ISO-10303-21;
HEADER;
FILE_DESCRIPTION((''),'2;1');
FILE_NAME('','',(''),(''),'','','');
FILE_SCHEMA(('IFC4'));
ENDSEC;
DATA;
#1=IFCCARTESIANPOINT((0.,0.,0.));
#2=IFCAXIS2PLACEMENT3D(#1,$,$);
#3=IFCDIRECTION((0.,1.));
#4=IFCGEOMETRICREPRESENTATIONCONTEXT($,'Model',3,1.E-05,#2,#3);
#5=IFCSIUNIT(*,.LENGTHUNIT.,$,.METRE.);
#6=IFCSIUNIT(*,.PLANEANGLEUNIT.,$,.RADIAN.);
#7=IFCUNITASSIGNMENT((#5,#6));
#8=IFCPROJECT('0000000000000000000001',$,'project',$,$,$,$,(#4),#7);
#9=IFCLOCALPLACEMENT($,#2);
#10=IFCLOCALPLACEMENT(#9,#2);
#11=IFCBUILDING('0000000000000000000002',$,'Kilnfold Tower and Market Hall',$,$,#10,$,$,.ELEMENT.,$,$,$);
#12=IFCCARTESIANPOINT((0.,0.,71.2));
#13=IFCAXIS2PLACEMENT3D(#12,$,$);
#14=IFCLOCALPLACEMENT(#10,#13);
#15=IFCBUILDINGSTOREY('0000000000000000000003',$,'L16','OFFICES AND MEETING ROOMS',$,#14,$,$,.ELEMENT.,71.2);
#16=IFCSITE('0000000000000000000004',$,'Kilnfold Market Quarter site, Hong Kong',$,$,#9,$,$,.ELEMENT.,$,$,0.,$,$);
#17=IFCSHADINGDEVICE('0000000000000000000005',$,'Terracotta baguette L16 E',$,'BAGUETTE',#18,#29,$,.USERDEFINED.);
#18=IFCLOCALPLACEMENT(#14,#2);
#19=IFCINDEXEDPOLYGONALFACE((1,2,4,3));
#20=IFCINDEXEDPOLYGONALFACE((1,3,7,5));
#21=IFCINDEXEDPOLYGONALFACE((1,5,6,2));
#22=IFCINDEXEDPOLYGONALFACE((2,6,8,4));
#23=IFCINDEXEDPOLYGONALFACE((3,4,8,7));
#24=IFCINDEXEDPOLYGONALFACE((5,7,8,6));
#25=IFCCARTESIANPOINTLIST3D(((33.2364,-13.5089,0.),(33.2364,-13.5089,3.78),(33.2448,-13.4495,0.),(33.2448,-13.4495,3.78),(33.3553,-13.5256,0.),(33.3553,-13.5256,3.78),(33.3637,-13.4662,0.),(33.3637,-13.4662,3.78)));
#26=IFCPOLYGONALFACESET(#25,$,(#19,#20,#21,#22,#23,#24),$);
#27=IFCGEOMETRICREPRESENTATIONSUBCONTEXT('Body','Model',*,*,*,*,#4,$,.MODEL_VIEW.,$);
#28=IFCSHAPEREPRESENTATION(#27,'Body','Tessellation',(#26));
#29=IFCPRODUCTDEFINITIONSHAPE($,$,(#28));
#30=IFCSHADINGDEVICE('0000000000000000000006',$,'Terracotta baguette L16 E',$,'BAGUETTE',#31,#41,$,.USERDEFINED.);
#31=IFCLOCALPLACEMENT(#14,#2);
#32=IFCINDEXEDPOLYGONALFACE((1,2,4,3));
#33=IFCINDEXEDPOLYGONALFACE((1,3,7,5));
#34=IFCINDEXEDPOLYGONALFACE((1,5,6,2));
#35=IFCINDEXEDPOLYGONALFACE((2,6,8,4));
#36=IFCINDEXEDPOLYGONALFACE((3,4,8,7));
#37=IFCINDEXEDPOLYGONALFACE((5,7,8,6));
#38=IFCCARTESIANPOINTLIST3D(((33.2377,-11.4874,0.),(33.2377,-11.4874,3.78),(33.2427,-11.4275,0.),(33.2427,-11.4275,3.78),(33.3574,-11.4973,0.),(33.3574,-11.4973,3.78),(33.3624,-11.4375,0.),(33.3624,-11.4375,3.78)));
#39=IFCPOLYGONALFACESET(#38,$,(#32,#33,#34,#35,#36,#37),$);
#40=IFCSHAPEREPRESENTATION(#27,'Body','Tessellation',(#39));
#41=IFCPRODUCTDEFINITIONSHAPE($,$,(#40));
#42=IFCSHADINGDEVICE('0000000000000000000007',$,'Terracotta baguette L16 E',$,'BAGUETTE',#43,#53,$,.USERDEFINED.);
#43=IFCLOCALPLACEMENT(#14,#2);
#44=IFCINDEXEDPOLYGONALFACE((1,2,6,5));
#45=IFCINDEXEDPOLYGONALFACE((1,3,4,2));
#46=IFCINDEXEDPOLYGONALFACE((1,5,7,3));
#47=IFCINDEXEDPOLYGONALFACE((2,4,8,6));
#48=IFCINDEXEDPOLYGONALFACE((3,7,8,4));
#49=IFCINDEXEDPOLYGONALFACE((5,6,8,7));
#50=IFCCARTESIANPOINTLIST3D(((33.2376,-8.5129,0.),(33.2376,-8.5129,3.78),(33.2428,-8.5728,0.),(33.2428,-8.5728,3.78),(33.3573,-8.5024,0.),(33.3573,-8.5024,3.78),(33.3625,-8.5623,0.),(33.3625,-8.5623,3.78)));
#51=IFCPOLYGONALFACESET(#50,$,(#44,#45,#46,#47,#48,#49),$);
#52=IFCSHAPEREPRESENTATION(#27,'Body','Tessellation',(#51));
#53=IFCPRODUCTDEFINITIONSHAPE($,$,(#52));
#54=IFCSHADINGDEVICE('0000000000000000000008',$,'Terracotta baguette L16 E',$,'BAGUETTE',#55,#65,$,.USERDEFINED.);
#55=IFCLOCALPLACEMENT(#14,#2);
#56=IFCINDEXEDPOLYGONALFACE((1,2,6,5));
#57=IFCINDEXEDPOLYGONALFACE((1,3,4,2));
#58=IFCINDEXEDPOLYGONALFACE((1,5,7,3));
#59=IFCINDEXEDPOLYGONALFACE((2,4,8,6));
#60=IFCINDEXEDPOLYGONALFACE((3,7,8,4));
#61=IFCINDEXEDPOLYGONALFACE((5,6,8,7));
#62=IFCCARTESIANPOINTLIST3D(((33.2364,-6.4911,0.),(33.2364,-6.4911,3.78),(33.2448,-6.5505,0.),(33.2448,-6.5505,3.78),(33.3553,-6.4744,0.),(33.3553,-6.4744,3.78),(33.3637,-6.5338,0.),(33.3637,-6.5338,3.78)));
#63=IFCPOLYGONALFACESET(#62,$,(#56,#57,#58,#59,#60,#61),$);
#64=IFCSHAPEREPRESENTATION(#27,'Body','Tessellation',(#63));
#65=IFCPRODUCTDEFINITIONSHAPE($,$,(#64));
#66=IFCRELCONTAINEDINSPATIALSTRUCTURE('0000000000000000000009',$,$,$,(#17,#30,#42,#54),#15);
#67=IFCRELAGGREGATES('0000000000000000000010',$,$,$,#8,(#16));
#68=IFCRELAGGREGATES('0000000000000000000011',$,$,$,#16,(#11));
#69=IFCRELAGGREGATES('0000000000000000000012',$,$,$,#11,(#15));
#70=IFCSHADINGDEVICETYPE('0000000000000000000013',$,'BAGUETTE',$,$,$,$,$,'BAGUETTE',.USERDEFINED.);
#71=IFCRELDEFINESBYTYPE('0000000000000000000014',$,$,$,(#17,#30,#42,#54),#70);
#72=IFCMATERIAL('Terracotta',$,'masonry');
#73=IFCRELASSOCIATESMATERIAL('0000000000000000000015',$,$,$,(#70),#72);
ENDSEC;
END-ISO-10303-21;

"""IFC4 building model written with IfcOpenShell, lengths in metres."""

from ifc_helpers import new_model, si_unit, direction, frame, origin, origin_2d, place, context, subcontext, project, spatial, rectangle, extrude, source, transform, mapped, material, material_profile, profile_set, type_object, element, save


model = new_model("IFC4")

# Units and contexts
model_context = context("Model", 3, precision=1e-05, world=origin(), true_north=direction((0.0, 1.0)))
body_context = subcontext(model_context, "Body", "Model", "MODEL_VIEW")
ifc_project = project(units=[si_unit("LENGTHUNIT", "METRE"), si_unit("PLANEANGLEUNIT", "RADIAN")], contexts=[model_context])

# Site, building, storey
site_placement = place(None, origin())
site = spatial("IfcSite", under=ifc_project, at=site_placement, Name="Kilnfold Market Quarter site, Hong Kong", CompositionType="ELEMENT", RefElevation=0.0)
building_placement = place(site_placement, origin())
building = spatial("IfcBuilding", under=site, at=building_placement, Name="Kilnfold Tower and Market Hall", CompositionType="ELEMENT")
storey_placement = place(building_placement, frame((0.0, 0.0, 71.2)))
storey = spatial("IfcBuildingStorey", under=building, at=storey_placement, Name="L16", Description="OFFICES AND MEETING ROOMS", CompositionType="ELEMENT", Elevation=71.2)

# Shading devices
ifc_material_1 = material(Name="Terracotta", Category="masonry")
ifc_material_profile_1 = material_profile(ifc_material_1, rectangle(XDim=0.0601, YDim=0.1201, at=origin_2d()), Name="BAG 60x120")
ifc_profile_set_1 = profile_set([ifc_material_profile_1], Name="Terracotta")
shading_device_type = type_object("IfcShadingDeviceType", Name="BAGUETTE", ElementType="BAGUETTE", PredefinedType="USERDEFINED", material=ifc_profile_set_1)
shared_shape_1 = source(origin(), body_context, "Body", "SweptSolid", [
    extrude(rectangle(XDim=0.0601, YDim=0.1201, at=origin_2d()), origin(), (0.0, 0.0, 1.0), 3.78),
])
for number, where, z_axis, x_axis, name in (
    (1, (33.3, -13.4875, 0.0), (0.0, 0.0, 1.0), (0.139126, 0.990275, 0.0), "Terracotta baguette L16 E"),
    (2, (33.3, -11.4624, 0.0), (0.0, 0.0, 1.0), (0.082822, 0.996564, 0.0), "Terracotta baguette L16 E"),
    (3, (33.3, -8.5376, 0.0), (0.0, 0.0, 1.0), (-0.087347, 0.996178, 0.0), "Terracotta baguette L16 E"),
    (4, (33.3, -6.5125, 0.0), (0.0, 0.0, 1.0), (-0.139158, 0.99027, 0.0), "Terracotta baguette L16 E"),
):
    element("IfcShadingDevice", number, at=place(storey_placement, frame(where, z_axis=z_axis, x_axis=x_axis)), inside=storey, type_object=shading_device_type, Name=name, ObjectType="BAGUETTE", PredefinedType="USERDEFINED", context=body_context, shape_type="MappedRepresentation", body=[
        mapped(shared_shape_1, transform((0.0, 0.0, 0.0))),
    ])

save(model, "model.ifc")
